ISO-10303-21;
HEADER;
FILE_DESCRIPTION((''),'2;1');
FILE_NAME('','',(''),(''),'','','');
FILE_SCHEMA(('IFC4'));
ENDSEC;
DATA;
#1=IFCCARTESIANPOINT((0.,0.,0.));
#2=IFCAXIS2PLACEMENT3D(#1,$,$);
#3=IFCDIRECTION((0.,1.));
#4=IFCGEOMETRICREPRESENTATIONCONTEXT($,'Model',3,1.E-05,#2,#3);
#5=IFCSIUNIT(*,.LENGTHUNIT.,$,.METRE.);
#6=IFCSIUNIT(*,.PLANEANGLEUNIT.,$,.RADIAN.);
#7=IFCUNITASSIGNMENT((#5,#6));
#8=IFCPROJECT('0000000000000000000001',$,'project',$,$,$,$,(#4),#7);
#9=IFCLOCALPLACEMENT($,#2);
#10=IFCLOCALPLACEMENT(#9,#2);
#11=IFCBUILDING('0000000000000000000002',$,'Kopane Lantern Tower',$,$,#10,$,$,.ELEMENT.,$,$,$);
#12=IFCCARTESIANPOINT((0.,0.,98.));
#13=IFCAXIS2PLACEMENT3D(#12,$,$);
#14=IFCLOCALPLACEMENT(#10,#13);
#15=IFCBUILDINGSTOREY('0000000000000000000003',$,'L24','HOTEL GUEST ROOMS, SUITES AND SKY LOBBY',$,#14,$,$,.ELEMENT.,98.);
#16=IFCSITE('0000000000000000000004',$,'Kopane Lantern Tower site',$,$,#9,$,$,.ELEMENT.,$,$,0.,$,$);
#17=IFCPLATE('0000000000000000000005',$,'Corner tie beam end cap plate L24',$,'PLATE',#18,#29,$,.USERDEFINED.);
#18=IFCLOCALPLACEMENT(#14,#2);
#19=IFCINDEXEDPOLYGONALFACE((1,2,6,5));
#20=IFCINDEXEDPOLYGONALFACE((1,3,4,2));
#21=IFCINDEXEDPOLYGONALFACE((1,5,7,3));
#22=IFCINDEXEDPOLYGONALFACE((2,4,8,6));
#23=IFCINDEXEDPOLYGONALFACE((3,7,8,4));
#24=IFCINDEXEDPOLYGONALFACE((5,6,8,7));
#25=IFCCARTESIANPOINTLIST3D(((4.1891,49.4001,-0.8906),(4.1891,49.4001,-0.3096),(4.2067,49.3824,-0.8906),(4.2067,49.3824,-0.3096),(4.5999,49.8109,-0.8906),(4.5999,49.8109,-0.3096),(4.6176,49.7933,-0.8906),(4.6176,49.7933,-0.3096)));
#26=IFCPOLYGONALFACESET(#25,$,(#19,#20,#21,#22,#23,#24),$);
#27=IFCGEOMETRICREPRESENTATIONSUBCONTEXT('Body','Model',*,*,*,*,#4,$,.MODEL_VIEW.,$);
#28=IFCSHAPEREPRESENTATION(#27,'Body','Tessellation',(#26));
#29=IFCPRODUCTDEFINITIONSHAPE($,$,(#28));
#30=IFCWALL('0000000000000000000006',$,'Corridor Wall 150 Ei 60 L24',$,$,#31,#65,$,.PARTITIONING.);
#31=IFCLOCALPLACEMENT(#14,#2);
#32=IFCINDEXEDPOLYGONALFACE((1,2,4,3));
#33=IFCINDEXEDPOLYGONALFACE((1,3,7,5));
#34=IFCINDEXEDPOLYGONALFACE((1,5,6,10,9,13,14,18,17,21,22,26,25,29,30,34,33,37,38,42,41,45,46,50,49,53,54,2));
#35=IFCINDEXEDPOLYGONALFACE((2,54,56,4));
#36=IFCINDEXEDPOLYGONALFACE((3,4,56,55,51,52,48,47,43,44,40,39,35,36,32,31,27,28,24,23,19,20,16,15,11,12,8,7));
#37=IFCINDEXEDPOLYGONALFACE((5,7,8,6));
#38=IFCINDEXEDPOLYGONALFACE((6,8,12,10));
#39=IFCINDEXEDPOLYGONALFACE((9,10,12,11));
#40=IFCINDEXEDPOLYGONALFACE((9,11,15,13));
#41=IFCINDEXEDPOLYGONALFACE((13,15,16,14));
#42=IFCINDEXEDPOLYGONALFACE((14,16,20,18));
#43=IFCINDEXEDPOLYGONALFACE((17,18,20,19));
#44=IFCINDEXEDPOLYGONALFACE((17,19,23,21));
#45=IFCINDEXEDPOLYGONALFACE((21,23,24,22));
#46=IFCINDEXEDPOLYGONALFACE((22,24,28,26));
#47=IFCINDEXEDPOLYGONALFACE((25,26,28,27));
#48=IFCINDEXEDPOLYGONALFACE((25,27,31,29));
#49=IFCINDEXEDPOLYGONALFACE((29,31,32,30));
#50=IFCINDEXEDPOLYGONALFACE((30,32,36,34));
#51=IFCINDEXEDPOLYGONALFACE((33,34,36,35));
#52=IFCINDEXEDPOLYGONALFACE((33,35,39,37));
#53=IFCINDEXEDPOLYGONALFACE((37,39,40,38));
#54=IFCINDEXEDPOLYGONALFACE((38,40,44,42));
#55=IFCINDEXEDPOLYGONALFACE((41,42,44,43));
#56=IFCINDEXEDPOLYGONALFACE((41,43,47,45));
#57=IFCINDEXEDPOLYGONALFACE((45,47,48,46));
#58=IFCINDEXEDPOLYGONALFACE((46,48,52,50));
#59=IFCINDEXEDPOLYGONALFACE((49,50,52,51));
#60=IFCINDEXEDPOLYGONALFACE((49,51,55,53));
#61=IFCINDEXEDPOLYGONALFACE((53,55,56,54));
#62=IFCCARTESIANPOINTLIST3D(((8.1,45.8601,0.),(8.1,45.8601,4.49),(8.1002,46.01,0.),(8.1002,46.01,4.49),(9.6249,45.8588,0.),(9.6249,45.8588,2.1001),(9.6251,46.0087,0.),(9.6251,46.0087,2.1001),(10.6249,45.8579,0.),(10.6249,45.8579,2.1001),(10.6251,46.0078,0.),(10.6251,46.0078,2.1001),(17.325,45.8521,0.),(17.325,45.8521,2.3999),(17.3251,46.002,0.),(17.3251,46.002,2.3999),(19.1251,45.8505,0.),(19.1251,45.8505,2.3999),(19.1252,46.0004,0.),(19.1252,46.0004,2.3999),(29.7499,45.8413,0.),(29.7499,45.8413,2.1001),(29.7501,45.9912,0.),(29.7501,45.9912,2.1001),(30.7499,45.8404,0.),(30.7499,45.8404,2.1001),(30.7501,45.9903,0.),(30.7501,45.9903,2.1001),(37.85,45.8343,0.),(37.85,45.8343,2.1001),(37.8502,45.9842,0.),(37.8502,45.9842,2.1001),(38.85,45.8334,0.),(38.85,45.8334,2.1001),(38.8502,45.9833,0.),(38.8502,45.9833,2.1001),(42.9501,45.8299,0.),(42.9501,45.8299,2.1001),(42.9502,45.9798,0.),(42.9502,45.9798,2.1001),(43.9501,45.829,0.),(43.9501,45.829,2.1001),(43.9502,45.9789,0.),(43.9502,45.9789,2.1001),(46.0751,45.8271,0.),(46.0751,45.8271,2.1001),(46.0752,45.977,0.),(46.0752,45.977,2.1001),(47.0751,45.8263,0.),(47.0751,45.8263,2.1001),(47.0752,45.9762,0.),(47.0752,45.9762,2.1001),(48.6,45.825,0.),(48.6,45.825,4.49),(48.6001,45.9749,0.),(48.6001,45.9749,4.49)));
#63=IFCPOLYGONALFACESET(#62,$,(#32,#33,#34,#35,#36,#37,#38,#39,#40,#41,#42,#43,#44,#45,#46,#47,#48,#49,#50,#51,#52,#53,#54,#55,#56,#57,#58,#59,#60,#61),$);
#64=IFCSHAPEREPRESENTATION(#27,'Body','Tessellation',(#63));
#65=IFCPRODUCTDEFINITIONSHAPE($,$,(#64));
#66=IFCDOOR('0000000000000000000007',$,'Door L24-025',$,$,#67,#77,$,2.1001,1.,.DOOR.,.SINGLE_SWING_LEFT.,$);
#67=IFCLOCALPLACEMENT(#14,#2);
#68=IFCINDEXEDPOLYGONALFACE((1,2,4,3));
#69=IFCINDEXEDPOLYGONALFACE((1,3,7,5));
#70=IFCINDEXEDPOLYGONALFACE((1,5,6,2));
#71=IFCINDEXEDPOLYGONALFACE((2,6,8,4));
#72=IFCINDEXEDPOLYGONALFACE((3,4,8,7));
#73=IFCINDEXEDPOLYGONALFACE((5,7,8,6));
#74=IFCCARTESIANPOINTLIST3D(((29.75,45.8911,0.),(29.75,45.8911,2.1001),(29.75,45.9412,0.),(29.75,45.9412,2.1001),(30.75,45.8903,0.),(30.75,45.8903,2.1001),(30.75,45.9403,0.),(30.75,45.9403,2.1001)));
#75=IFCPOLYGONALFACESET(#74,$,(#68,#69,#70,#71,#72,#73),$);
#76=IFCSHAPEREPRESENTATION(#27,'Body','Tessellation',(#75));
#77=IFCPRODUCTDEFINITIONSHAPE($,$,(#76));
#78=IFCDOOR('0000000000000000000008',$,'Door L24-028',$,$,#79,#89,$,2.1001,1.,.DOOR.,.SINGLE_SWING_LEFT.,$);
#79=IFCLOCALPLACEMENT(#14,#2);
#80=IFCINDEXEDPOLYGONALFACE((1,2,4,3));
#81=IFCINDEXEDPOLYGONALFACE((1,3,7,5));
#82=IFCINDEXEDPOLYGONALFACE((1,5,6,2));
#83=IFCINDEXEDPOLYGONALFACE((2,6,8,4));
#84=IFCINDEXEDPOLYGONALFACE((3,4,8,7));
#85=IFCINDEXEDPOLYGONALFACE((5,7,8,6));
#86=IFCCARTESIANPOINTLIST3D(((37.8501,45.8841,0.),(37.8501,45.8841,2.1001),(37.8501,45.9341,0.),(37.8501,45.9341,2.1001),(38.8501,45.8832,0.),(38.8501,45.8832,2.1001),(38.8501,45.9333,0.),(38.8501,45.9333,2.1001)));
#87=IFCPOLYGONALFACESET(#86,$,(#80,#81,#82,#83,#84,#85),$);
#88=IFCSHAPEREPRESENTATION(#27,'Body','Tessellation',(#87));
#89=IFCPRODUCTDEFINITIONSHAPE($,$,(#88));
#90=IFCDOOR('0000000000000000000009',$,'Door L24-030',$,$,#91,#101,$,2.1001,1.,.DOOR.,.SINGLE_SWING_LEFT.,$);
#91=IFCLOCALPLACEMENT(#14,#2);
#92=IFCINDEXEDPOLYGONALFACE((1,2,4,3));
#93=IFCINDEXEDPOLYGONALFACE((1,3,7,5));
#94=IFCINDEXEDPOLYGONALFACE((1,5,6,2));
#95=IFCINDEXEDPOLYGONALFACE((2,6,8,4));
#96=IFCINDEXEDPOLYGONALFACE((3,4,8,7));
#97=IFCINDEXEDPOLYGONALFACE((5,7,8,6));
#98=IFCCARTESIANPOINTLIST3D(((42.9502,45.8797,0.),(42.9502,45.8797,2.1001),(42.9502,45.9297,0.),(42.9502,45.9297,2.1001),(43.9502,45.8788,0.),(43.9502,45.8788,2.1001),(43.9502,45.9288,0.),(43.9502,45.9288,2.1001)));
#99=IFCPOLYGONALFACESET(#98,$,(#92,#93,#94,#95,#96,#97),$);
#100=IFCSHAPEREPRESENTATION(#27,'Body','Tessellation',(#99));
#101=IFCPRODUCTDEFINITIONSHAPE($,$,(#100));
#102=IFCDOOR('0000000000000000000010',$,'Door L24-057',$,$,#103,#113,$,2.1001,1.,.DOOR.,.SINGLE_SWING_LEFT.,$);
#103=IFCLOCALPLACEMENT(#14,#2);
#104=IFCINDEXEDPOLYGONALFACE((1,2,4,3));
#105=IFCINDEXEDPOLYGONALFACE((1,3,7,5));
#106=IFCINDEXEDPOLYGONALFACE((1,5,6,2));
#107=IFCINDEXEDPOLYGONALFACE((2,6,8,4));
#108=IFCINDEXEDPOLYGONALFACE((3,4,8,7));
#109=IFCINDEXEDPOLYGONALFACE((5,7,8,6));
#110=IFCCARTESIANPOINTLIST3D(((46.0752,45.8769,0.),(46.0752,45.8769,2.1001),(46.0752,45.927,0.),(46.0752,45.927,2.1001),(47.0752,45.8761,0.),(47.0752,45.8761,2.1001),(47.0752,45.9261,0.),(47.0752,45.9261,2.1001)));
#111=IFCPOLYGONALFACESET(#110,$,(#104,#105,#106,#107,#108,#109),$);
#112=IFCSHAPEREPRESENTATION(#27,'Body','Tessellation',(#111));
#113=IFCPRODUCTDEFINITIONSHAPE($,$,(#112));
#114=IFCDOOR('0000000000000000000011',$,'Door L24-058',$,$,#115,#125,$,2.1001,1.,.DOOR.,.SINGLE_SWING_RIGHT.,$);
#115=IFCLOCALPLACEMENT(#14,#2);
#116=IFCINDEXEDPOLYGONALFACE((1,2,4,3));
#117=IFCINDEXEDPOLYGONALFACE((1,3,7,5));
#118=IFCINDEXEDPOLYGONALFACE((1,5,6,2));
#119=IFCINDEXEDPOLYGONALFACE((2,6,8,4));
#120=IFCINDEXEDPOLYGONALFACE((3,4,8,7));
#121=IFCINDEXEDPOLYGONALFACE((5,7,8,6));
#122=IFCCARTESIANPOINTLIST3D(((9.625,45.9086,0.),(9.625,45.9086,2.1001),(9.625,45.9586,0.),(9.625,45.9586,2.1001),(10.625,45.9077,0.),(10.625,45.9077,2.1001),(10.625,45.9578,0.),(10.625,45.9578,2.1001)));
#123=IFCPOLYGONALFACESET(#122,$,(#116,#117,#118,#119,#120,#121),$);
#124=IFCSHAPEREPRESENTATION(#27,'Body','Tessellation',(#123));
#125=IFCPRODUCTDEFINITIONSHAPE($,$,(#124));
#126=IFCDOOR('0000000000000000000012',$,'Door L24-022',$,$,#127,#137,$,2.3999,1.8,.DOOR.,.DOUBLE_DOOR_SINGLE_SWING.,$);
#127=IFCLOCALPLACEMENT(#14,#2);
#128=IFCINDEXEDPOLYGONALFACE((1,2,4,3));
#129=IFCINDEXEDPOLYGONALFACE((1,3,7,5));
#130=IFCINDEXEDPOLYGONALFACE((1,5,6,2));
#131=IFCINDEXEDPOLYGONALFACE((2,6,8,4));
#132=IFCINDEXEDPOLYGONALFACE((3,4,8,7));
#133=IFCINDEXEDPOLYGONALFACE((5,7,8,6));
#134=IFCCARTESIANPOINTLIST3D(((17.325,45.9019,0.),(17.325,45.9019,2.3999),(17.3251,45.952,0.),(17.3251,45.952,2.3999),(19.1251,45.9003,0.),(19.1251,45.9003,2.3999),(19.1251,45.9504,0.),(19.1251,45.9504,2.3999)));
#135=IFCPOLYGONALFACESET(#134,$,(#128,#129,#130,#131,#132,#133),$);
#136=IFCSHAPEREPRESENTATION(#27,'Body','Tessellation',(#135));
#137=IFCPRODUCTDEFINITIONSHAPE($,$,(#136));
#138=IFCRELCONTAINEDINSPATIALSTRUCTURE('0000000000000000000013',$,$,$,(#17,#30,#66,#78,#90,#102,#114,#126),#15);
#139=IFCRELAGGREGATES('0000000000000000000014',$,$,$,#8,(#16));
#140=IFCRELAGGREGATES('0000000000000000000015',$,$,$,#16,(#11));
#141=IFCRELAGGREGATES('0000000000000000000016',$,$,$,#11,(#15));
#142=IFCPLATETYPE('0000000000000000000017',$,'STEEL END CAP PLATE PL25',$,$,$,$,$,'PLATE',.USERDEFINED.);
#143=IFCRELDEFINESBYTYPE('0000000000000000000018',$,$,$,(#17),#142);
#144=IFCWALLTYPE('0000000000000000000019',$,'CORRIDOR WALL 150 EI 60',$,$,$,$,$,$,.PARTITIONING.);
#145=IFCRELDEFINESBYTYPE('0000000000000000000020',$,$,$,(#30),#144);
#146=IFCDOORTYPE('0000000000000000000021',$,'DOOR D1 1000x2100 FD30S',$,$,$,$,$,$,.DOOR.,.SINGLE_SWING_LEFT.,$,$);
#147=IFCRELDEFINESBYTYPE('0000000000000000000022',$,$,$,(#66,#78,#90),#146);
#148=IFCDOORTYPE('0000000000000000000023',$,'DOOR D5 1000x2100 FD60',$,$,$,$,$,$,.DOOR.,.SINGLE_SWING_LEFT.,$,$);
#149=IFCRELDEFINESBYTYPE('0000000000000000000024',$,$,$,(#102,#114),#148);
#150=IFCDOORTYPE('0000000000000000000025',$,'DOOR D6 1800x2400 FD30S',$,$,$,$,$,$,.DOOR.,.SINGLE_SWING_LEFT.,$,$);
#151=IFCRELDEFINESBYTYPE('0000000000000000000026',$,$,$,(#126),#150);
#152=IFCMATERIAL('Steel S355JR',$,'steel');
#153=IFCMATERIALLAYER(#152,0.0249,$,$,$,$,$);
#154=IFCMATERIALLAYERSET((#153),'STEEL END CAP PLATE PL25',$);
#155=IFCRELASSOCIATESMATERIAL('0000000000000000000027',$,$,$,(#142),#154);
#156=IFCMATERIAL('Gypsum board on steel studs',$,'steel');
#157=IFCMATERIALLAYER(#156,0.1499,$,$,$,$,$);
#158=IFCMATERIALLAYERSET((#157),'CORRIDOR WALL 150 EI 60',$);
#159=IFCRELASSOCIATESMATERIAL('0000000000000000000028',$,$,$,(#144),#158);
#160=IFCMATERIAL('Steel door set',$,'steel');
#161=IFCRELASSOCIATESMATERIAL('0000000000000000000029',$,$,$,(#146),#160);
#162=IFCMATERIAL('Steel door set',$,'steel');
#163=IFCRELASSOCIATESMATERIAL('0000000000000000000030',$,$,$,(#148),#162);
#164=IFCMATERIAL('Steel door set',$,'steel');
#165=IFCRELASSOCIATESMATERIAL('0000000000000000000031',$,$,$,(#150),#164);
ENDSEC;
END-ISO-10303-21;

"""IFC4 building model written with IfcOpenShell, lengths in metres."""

from ifc_helpers import new_model, si_unit, direction, frame, frame_2d, origin, origin_2d, place, context, subcontext, project, spatial, rectangle, extrude, material, layer, layer_set, type_object, element, fill, save


model = new_model("IFC4")

# Units and contexts
model_context = context("Model", 3, precision=1e-05, world=origin(), true_north=direction((0.0, 1.0)))
body_context = subcontext(model_context, "Body", "Model", "MODEL_VIEW")
ifc_project = project(units=[si_unit("LENGTHUNIT", "METRE"), si_unit("PLANEANGLEUNIT", "RADIAN")], contexts=[model_context])

# Site, building, storey
site_placement = place(None, origin())
site = spatial("IfcSite", under=ifc_project, at=site_placement, Name="Kopane Lantern Tower site", CompositionType="ELEMENT", RefElevation=0.0)
building_placement = place(site_placement, origin())
building = spatial("IfcBuilding", under=site, at=building_placement, Name="Kopane Lantern Tower", CompositionType="ELEMENT")
storey_placement = place(building_placement, frame((0.0, 0.0, 98.0)))
storey = spatial("IfcBuildingStorey", under=building, at=storey_placement, Name="L24", Description="HOTEL GUEST ROOMS, SUITES AND SKY LOBBY", CompositionType="ELEMENT", Elevation=98.0)

# Plate
ifc_material_1 = material(Name="Steel S355JR", Category="steel")
ifc_layer_1 = layer(ifc_material_1, 0.0249)
ifc_layer_set_1 = layer_set([ifc_layer_1], Name="STEEL END CAP PLATE PL25")
plate_type_1 = type_object("IfcPlateType", Name="STEEL END CAP PLATE PL25", ElementType="PLATE", PredefinedType="USERDEFINED", material=ifc_layer_set_1)
plate_1_placement = place(storey_placement, frame((4.4033, 49.5967, -0.8906), z_axis=(0.0, 0.0, 1.0), x_axis=(-0.707107, 0.707107, 0.0)))
element("IfcPlate", 1, at=plate_1_placement, inside=storey, type_object=plate_type_1, Name="Corner tie beam end cap plate L24", ObjectType="PLATE", PredefinedType="USERDEFINED", context=body_context, shape_type="SweptSolid", body=[
    extrude(rectangle(XDim=0.0249, YDim=0.5811, at=origin_2d()), origin(), (0.0, 0.0, 1.0), 0.5811),
])

# Wall, openings, doors
ifc_material_2 = material(Name="Gypsum board on steel studs", Category="steel")
ifc_layer_2 = layer(ifc_material_2, 0.1499)
ifc_layer_set_2 = layer_set([ifc_layer_2], Name="CORRIDOR WALL 150 EI 60")
wall_type = type_object("IfcWallType", Name="CORRIDOR WALL 150 EI 60", PredefinedType="PARTITIONING", material=ifc_layer_set_2)
wall_placement = place(storey_placement, frame((8.1001, 45.9351, 0.0), z_axis=(0.0, 0.0, 1.0), x_axis=(1.0, -0.000868, 0.0)))
wall = element("IfcWall", 2, at=wall_placement, inside=storey, type_object=wall_type, Name="Corridor Wall 150 Ei 60 L24", PredefinedType="PARTITIONING", context=body_context, shape_type="SweptSolid", body=[
    extrude(rectangle(XDim=40.5, YDim=0.1499, at=frame_2d((20.25, 0.0))), origin(), (0.0, 0.0, 1.0), 4.49),
])
opening_1_placement = place(wall_placement, frame((9.2251, 0.0, 0.0)))
opening_1 = element("IfcOpeningElement", 3, at=opening_1_placement, cuts=wall, PredefinedType="OPENING", context=body_context, shape_type="SweptSolid", body=[
    extrude(rectangle(XDim=1.8, YDim=2.3999, at=frame_2d((0.8999, 1.2))), frame((0.0, 0.085, 0.0), z_axis=(0.0, -1.0, 0.0), x_axis=(1.0, 0.0, 0.0)), (0.0, 0.0, 1.0), 0.1699),
])
opening_2_placement = place(wall_placement, frame((21.6499, 0.0, 0.0)))
opening_2 = element("IfcOpeningElement", 4, at=opening_2_placement, cuts=wall, PredefinedType="OPENING", context=body_context, shape_type="SweptSolid", body=[
    extrude(rectangle(XDim=1.0, YDim=2.1001, at=frame_2d((0.5, 1.05))), frame((0.0, 0.085, 0.0), z_axis=(0.0, -1.0, 0.0), x_axis=(1.0, 0.0, 0.0)), (0.0, 0.0, 1.0), 0.1699),
])
opening_3_placement = place(wall_placement, frame((29.75, 0.0, 0.0)))
opening_3 = element("IfcOpeningElement", 5, at=opening_3_placement, cuts=wall, PredefinedType="OPENING", context=body_context, shape_type="SweptSolid", body=[
    extrude(rectangle(XDim=1.0, YDim=2.1001, at=frame_2d((0.5, 1.05))), frame((0.0, 0.085, 0.0), z_axis=(0.0, -1.0, 0.0), x_axis=(1.0, 0.0, 0.0)), (0.0, 0.0, 1.0), 0.1699),
])
opening_4_placement = place(wall_placement, frame((34.8501, 0.0, 0.0)))
opening_4 = element("IfcOpeningElement", 6, at=opening_4_placement, cuts=wall, PredefinedType="OPENING", context=body_context, shape_type="SweptSolid", body=[
    extrude(rectangle(XDim=1.0, YDim=2.1001, at=frame_2d((0.5, 1.05))), frame((0.0, 0.085, 0.0), z_axis=(0.0, -1.0, 0.0), x_axis=(1.0, 0.0, 0.0)), (0.0, 0.0, 1.0), 0.1699),
])
opening_5_placement = place(wall_placement, frame((37.9751, 0.0, 0.0)))
opening_5 = element("IfcOpeningElement", 7, at=opening_5_placement, cuts=wall, PredefinedType="OPENING", context=body_context, shape_type="SweptSolid", body=[
    extrude(rectangle(XDim=1.0, YDim=2.1001, at=frame_2d((0.5, 1.05))), frame((0.0, 0.085, 0.0), z_axis=(0.0, -1.0, 0.0), x_axis=(1.0, 0.0, 0.0)), (0.0, 0.0, 1.0), 0.1699),
])
opening_6_placement = place(wall_placement, frame((1.5249, 0.0, 0.0)))
opening_6 = element("IfcOpeningElement", 8, at=opening_6_placement, cuts=wall, PredefinedType="OPENING", context=body_context, shape_type="SweptSolid", body=[
    extrude(rectangle(XDim=1.0, YDim=2.1001, at=frame_2d((0.5, 1.05))), frame((0.0, 0.085, 0.0), z_axis=(0.0, -1.0, 0.0), x_axis=(1.0, 0.0, 0.0)), (0.0, 0.0, 1.0), 0.1699),
])
ifc_material_3 = material(Name="Steel door set", Category="steel")
door_type_1 = type_object("IfcDoorType", Name="DOOR D1 1000x2100 FD30S", OperationType="SINGLE_SWING_LEFT", PredefinedType="DOOR", material=ifc_material_3)
door_1_placement = place(opening_2_placement, origin())
door_1 = element("IfcDoor", 9, at=door_1_placement, inside=storey, type_object=door_type_1, Name="Door L24-025", OperationType="SINGLE_SWING_LEFT", OverallHeight=2.1001, OverallWidth=1.0, PredefinedType="DOOR", context=body_context, shape_type="SweptSolid", body=[
    extrude(rectangle(XDim=1.0, YDim=2.1001, at=frame_2d((0.5, 1.05))), frame((0.0, 0.0249, 0.0), z_axis=(0.0, -1.0, 0.0), x_axis=(1.0, 0.0, 0.0)), (0.0, 0.0, 1.0), 0.05),
])
fill(opening_2, door_1)
door_2_placement = place(opening_3_placement, origin())
door_2 = element("IfcDoor", 10, at=door_2_placement, inside=storey, type_object=door_type_1, Name="Door L24-028", OperationType="SINGLE_SWING_LEFT", OverallHeight=2.1001, OverallWidth=1.0, PredefinedType="DOOR", context=body_context, shape_type="SweptSolid", body=[
    extrude(rectangle(XDim=1.0, YDim=2.1001, at=frame_2d((0.5, 1.05))), frame((0.0, 0.0249, 0.0), z_axis=(0.0, -1.0, 0.0), x_axis=(1.0, 0.0, 0.0)), (0.0, 0.0, 1.0), 0.05),
])
fill(opening_3, door_2)
door_3_placement = place(opening_4_placement, origin())
door_3 = element("IfcDoor", 11, at=door_3_placement, inside=storey, type_object=door_type_1, Name="Door L24-030", OperationType="SINGLE_SWING_LEFT", OverallHeight=2.1001, OverallWidth=1.0, PredefinedType="DOOR", context=body_context, shape_type="SweptSolid", body=[
    extrude(rectangle(XDim=1.0, YDim=2.1001, at=frame_2d((0.5, 1.05))), frame((0.0, 0.0249, 0.0), z_axis=(0.0, -1.0, 0.0), x_axis=(1.0, 0.0, 0.0)), (0.0, 0.0, 1.0), 0.05),
])
fill(opening_4, door_3)
ifc_material_4 = material(Name="Steel door set", Category="steel")
door_type_2 = type_object("IfcDoorType", Name="DOOR D5 1000x2100 FD60", OperationType="SINGLE_SWING_LEFT", PredefinedType="DOOR", material=ifc_material_4)
door_4_placement = place(opening_5_placement, origin())
door_4 = element("IfcDoor", 12, at=door_4_placement, inside=storey, type_object=door_type_2, Name="Door L24-057", OperationType="SINGLE_SWING_LEFT", OverallHeight=2.1001, OverallWidth=1.0, PredefinedType="DOOR", context=body_context, shape_type="SweptSolid", body=[
    extrude(rectangle(XDim=1.0, YDim=2.1001, at=frame_2d((0.5, 1.05))), frame((0.0, 0.0249, 0.0), z_axis=(0.0, -1.0, 0.0), x_axis=(1.0, 0.0, 0.0)), (0.0, 0.0, 1.0), 0.05),
])
fill(opening_5, door_4)
door_5_placement = place(opening_6_placement, origin())
door_5 = element("IfcDoor", 13, at=door_5_placement, inside=storey, type_object=door_type_2, Name="Door L24-058", OperationType="SINGLE_SWING_RIGHT", OverallHeight=2.1001, OverallWidth=1.0, PredefinedType="DOOR", context=body_context, shape_type="SweptSolid", body=[
    extrude(rectangle(XDim=1.0, YDim=2.1001, at=frame_2d((0.5, 1.05))), frame((0.0, 0.0249, 0.0), z_axis=(0.0, -1.0, 0.0), x_axis=(1.0, 0.0, 0.0)), (0.0, 0.0, 1.0), 0.05),
])
fill(opening_6, door_5)
ifc_material_5 = material(Name="Steel door set", Category="steel")
door_type_3 = type_object("IfcDoorType", Name="DOOR D6 1800x2400 FD30S", OperationType="SINGLE_SWING_LEFT", PredefinedType="DOOR", material=ifc_material_5)
door_6_placement = place(opening_1_placement, origin())
door_6 = element("IfcDoor", 14, at=door_6_placement, inside=storey, type_object=door_type_3, Name="Door L24-022", OperationType="DOUBLE_DOOR_SINGLE_SWING", OverallHeight=2.3999, OverallWidth=1.8, PredefinedType="DOOR", context=body_context, shape_type="SweptSolid", body=[
    extrude(rectangle(XDim=1.8, YDim=2.3999, at=frame_2d((0.8999, 1.2))), frame((0.0, 0.0249, 0.0), z_axis=(0.0, -1.0, 0.0), x_axis=(1.0, 0.0, 0.0)), (0.0, 0.0, 1.0), 0.05),
])
fill(opening_1, door_6)

save(model, "model.ifc")
